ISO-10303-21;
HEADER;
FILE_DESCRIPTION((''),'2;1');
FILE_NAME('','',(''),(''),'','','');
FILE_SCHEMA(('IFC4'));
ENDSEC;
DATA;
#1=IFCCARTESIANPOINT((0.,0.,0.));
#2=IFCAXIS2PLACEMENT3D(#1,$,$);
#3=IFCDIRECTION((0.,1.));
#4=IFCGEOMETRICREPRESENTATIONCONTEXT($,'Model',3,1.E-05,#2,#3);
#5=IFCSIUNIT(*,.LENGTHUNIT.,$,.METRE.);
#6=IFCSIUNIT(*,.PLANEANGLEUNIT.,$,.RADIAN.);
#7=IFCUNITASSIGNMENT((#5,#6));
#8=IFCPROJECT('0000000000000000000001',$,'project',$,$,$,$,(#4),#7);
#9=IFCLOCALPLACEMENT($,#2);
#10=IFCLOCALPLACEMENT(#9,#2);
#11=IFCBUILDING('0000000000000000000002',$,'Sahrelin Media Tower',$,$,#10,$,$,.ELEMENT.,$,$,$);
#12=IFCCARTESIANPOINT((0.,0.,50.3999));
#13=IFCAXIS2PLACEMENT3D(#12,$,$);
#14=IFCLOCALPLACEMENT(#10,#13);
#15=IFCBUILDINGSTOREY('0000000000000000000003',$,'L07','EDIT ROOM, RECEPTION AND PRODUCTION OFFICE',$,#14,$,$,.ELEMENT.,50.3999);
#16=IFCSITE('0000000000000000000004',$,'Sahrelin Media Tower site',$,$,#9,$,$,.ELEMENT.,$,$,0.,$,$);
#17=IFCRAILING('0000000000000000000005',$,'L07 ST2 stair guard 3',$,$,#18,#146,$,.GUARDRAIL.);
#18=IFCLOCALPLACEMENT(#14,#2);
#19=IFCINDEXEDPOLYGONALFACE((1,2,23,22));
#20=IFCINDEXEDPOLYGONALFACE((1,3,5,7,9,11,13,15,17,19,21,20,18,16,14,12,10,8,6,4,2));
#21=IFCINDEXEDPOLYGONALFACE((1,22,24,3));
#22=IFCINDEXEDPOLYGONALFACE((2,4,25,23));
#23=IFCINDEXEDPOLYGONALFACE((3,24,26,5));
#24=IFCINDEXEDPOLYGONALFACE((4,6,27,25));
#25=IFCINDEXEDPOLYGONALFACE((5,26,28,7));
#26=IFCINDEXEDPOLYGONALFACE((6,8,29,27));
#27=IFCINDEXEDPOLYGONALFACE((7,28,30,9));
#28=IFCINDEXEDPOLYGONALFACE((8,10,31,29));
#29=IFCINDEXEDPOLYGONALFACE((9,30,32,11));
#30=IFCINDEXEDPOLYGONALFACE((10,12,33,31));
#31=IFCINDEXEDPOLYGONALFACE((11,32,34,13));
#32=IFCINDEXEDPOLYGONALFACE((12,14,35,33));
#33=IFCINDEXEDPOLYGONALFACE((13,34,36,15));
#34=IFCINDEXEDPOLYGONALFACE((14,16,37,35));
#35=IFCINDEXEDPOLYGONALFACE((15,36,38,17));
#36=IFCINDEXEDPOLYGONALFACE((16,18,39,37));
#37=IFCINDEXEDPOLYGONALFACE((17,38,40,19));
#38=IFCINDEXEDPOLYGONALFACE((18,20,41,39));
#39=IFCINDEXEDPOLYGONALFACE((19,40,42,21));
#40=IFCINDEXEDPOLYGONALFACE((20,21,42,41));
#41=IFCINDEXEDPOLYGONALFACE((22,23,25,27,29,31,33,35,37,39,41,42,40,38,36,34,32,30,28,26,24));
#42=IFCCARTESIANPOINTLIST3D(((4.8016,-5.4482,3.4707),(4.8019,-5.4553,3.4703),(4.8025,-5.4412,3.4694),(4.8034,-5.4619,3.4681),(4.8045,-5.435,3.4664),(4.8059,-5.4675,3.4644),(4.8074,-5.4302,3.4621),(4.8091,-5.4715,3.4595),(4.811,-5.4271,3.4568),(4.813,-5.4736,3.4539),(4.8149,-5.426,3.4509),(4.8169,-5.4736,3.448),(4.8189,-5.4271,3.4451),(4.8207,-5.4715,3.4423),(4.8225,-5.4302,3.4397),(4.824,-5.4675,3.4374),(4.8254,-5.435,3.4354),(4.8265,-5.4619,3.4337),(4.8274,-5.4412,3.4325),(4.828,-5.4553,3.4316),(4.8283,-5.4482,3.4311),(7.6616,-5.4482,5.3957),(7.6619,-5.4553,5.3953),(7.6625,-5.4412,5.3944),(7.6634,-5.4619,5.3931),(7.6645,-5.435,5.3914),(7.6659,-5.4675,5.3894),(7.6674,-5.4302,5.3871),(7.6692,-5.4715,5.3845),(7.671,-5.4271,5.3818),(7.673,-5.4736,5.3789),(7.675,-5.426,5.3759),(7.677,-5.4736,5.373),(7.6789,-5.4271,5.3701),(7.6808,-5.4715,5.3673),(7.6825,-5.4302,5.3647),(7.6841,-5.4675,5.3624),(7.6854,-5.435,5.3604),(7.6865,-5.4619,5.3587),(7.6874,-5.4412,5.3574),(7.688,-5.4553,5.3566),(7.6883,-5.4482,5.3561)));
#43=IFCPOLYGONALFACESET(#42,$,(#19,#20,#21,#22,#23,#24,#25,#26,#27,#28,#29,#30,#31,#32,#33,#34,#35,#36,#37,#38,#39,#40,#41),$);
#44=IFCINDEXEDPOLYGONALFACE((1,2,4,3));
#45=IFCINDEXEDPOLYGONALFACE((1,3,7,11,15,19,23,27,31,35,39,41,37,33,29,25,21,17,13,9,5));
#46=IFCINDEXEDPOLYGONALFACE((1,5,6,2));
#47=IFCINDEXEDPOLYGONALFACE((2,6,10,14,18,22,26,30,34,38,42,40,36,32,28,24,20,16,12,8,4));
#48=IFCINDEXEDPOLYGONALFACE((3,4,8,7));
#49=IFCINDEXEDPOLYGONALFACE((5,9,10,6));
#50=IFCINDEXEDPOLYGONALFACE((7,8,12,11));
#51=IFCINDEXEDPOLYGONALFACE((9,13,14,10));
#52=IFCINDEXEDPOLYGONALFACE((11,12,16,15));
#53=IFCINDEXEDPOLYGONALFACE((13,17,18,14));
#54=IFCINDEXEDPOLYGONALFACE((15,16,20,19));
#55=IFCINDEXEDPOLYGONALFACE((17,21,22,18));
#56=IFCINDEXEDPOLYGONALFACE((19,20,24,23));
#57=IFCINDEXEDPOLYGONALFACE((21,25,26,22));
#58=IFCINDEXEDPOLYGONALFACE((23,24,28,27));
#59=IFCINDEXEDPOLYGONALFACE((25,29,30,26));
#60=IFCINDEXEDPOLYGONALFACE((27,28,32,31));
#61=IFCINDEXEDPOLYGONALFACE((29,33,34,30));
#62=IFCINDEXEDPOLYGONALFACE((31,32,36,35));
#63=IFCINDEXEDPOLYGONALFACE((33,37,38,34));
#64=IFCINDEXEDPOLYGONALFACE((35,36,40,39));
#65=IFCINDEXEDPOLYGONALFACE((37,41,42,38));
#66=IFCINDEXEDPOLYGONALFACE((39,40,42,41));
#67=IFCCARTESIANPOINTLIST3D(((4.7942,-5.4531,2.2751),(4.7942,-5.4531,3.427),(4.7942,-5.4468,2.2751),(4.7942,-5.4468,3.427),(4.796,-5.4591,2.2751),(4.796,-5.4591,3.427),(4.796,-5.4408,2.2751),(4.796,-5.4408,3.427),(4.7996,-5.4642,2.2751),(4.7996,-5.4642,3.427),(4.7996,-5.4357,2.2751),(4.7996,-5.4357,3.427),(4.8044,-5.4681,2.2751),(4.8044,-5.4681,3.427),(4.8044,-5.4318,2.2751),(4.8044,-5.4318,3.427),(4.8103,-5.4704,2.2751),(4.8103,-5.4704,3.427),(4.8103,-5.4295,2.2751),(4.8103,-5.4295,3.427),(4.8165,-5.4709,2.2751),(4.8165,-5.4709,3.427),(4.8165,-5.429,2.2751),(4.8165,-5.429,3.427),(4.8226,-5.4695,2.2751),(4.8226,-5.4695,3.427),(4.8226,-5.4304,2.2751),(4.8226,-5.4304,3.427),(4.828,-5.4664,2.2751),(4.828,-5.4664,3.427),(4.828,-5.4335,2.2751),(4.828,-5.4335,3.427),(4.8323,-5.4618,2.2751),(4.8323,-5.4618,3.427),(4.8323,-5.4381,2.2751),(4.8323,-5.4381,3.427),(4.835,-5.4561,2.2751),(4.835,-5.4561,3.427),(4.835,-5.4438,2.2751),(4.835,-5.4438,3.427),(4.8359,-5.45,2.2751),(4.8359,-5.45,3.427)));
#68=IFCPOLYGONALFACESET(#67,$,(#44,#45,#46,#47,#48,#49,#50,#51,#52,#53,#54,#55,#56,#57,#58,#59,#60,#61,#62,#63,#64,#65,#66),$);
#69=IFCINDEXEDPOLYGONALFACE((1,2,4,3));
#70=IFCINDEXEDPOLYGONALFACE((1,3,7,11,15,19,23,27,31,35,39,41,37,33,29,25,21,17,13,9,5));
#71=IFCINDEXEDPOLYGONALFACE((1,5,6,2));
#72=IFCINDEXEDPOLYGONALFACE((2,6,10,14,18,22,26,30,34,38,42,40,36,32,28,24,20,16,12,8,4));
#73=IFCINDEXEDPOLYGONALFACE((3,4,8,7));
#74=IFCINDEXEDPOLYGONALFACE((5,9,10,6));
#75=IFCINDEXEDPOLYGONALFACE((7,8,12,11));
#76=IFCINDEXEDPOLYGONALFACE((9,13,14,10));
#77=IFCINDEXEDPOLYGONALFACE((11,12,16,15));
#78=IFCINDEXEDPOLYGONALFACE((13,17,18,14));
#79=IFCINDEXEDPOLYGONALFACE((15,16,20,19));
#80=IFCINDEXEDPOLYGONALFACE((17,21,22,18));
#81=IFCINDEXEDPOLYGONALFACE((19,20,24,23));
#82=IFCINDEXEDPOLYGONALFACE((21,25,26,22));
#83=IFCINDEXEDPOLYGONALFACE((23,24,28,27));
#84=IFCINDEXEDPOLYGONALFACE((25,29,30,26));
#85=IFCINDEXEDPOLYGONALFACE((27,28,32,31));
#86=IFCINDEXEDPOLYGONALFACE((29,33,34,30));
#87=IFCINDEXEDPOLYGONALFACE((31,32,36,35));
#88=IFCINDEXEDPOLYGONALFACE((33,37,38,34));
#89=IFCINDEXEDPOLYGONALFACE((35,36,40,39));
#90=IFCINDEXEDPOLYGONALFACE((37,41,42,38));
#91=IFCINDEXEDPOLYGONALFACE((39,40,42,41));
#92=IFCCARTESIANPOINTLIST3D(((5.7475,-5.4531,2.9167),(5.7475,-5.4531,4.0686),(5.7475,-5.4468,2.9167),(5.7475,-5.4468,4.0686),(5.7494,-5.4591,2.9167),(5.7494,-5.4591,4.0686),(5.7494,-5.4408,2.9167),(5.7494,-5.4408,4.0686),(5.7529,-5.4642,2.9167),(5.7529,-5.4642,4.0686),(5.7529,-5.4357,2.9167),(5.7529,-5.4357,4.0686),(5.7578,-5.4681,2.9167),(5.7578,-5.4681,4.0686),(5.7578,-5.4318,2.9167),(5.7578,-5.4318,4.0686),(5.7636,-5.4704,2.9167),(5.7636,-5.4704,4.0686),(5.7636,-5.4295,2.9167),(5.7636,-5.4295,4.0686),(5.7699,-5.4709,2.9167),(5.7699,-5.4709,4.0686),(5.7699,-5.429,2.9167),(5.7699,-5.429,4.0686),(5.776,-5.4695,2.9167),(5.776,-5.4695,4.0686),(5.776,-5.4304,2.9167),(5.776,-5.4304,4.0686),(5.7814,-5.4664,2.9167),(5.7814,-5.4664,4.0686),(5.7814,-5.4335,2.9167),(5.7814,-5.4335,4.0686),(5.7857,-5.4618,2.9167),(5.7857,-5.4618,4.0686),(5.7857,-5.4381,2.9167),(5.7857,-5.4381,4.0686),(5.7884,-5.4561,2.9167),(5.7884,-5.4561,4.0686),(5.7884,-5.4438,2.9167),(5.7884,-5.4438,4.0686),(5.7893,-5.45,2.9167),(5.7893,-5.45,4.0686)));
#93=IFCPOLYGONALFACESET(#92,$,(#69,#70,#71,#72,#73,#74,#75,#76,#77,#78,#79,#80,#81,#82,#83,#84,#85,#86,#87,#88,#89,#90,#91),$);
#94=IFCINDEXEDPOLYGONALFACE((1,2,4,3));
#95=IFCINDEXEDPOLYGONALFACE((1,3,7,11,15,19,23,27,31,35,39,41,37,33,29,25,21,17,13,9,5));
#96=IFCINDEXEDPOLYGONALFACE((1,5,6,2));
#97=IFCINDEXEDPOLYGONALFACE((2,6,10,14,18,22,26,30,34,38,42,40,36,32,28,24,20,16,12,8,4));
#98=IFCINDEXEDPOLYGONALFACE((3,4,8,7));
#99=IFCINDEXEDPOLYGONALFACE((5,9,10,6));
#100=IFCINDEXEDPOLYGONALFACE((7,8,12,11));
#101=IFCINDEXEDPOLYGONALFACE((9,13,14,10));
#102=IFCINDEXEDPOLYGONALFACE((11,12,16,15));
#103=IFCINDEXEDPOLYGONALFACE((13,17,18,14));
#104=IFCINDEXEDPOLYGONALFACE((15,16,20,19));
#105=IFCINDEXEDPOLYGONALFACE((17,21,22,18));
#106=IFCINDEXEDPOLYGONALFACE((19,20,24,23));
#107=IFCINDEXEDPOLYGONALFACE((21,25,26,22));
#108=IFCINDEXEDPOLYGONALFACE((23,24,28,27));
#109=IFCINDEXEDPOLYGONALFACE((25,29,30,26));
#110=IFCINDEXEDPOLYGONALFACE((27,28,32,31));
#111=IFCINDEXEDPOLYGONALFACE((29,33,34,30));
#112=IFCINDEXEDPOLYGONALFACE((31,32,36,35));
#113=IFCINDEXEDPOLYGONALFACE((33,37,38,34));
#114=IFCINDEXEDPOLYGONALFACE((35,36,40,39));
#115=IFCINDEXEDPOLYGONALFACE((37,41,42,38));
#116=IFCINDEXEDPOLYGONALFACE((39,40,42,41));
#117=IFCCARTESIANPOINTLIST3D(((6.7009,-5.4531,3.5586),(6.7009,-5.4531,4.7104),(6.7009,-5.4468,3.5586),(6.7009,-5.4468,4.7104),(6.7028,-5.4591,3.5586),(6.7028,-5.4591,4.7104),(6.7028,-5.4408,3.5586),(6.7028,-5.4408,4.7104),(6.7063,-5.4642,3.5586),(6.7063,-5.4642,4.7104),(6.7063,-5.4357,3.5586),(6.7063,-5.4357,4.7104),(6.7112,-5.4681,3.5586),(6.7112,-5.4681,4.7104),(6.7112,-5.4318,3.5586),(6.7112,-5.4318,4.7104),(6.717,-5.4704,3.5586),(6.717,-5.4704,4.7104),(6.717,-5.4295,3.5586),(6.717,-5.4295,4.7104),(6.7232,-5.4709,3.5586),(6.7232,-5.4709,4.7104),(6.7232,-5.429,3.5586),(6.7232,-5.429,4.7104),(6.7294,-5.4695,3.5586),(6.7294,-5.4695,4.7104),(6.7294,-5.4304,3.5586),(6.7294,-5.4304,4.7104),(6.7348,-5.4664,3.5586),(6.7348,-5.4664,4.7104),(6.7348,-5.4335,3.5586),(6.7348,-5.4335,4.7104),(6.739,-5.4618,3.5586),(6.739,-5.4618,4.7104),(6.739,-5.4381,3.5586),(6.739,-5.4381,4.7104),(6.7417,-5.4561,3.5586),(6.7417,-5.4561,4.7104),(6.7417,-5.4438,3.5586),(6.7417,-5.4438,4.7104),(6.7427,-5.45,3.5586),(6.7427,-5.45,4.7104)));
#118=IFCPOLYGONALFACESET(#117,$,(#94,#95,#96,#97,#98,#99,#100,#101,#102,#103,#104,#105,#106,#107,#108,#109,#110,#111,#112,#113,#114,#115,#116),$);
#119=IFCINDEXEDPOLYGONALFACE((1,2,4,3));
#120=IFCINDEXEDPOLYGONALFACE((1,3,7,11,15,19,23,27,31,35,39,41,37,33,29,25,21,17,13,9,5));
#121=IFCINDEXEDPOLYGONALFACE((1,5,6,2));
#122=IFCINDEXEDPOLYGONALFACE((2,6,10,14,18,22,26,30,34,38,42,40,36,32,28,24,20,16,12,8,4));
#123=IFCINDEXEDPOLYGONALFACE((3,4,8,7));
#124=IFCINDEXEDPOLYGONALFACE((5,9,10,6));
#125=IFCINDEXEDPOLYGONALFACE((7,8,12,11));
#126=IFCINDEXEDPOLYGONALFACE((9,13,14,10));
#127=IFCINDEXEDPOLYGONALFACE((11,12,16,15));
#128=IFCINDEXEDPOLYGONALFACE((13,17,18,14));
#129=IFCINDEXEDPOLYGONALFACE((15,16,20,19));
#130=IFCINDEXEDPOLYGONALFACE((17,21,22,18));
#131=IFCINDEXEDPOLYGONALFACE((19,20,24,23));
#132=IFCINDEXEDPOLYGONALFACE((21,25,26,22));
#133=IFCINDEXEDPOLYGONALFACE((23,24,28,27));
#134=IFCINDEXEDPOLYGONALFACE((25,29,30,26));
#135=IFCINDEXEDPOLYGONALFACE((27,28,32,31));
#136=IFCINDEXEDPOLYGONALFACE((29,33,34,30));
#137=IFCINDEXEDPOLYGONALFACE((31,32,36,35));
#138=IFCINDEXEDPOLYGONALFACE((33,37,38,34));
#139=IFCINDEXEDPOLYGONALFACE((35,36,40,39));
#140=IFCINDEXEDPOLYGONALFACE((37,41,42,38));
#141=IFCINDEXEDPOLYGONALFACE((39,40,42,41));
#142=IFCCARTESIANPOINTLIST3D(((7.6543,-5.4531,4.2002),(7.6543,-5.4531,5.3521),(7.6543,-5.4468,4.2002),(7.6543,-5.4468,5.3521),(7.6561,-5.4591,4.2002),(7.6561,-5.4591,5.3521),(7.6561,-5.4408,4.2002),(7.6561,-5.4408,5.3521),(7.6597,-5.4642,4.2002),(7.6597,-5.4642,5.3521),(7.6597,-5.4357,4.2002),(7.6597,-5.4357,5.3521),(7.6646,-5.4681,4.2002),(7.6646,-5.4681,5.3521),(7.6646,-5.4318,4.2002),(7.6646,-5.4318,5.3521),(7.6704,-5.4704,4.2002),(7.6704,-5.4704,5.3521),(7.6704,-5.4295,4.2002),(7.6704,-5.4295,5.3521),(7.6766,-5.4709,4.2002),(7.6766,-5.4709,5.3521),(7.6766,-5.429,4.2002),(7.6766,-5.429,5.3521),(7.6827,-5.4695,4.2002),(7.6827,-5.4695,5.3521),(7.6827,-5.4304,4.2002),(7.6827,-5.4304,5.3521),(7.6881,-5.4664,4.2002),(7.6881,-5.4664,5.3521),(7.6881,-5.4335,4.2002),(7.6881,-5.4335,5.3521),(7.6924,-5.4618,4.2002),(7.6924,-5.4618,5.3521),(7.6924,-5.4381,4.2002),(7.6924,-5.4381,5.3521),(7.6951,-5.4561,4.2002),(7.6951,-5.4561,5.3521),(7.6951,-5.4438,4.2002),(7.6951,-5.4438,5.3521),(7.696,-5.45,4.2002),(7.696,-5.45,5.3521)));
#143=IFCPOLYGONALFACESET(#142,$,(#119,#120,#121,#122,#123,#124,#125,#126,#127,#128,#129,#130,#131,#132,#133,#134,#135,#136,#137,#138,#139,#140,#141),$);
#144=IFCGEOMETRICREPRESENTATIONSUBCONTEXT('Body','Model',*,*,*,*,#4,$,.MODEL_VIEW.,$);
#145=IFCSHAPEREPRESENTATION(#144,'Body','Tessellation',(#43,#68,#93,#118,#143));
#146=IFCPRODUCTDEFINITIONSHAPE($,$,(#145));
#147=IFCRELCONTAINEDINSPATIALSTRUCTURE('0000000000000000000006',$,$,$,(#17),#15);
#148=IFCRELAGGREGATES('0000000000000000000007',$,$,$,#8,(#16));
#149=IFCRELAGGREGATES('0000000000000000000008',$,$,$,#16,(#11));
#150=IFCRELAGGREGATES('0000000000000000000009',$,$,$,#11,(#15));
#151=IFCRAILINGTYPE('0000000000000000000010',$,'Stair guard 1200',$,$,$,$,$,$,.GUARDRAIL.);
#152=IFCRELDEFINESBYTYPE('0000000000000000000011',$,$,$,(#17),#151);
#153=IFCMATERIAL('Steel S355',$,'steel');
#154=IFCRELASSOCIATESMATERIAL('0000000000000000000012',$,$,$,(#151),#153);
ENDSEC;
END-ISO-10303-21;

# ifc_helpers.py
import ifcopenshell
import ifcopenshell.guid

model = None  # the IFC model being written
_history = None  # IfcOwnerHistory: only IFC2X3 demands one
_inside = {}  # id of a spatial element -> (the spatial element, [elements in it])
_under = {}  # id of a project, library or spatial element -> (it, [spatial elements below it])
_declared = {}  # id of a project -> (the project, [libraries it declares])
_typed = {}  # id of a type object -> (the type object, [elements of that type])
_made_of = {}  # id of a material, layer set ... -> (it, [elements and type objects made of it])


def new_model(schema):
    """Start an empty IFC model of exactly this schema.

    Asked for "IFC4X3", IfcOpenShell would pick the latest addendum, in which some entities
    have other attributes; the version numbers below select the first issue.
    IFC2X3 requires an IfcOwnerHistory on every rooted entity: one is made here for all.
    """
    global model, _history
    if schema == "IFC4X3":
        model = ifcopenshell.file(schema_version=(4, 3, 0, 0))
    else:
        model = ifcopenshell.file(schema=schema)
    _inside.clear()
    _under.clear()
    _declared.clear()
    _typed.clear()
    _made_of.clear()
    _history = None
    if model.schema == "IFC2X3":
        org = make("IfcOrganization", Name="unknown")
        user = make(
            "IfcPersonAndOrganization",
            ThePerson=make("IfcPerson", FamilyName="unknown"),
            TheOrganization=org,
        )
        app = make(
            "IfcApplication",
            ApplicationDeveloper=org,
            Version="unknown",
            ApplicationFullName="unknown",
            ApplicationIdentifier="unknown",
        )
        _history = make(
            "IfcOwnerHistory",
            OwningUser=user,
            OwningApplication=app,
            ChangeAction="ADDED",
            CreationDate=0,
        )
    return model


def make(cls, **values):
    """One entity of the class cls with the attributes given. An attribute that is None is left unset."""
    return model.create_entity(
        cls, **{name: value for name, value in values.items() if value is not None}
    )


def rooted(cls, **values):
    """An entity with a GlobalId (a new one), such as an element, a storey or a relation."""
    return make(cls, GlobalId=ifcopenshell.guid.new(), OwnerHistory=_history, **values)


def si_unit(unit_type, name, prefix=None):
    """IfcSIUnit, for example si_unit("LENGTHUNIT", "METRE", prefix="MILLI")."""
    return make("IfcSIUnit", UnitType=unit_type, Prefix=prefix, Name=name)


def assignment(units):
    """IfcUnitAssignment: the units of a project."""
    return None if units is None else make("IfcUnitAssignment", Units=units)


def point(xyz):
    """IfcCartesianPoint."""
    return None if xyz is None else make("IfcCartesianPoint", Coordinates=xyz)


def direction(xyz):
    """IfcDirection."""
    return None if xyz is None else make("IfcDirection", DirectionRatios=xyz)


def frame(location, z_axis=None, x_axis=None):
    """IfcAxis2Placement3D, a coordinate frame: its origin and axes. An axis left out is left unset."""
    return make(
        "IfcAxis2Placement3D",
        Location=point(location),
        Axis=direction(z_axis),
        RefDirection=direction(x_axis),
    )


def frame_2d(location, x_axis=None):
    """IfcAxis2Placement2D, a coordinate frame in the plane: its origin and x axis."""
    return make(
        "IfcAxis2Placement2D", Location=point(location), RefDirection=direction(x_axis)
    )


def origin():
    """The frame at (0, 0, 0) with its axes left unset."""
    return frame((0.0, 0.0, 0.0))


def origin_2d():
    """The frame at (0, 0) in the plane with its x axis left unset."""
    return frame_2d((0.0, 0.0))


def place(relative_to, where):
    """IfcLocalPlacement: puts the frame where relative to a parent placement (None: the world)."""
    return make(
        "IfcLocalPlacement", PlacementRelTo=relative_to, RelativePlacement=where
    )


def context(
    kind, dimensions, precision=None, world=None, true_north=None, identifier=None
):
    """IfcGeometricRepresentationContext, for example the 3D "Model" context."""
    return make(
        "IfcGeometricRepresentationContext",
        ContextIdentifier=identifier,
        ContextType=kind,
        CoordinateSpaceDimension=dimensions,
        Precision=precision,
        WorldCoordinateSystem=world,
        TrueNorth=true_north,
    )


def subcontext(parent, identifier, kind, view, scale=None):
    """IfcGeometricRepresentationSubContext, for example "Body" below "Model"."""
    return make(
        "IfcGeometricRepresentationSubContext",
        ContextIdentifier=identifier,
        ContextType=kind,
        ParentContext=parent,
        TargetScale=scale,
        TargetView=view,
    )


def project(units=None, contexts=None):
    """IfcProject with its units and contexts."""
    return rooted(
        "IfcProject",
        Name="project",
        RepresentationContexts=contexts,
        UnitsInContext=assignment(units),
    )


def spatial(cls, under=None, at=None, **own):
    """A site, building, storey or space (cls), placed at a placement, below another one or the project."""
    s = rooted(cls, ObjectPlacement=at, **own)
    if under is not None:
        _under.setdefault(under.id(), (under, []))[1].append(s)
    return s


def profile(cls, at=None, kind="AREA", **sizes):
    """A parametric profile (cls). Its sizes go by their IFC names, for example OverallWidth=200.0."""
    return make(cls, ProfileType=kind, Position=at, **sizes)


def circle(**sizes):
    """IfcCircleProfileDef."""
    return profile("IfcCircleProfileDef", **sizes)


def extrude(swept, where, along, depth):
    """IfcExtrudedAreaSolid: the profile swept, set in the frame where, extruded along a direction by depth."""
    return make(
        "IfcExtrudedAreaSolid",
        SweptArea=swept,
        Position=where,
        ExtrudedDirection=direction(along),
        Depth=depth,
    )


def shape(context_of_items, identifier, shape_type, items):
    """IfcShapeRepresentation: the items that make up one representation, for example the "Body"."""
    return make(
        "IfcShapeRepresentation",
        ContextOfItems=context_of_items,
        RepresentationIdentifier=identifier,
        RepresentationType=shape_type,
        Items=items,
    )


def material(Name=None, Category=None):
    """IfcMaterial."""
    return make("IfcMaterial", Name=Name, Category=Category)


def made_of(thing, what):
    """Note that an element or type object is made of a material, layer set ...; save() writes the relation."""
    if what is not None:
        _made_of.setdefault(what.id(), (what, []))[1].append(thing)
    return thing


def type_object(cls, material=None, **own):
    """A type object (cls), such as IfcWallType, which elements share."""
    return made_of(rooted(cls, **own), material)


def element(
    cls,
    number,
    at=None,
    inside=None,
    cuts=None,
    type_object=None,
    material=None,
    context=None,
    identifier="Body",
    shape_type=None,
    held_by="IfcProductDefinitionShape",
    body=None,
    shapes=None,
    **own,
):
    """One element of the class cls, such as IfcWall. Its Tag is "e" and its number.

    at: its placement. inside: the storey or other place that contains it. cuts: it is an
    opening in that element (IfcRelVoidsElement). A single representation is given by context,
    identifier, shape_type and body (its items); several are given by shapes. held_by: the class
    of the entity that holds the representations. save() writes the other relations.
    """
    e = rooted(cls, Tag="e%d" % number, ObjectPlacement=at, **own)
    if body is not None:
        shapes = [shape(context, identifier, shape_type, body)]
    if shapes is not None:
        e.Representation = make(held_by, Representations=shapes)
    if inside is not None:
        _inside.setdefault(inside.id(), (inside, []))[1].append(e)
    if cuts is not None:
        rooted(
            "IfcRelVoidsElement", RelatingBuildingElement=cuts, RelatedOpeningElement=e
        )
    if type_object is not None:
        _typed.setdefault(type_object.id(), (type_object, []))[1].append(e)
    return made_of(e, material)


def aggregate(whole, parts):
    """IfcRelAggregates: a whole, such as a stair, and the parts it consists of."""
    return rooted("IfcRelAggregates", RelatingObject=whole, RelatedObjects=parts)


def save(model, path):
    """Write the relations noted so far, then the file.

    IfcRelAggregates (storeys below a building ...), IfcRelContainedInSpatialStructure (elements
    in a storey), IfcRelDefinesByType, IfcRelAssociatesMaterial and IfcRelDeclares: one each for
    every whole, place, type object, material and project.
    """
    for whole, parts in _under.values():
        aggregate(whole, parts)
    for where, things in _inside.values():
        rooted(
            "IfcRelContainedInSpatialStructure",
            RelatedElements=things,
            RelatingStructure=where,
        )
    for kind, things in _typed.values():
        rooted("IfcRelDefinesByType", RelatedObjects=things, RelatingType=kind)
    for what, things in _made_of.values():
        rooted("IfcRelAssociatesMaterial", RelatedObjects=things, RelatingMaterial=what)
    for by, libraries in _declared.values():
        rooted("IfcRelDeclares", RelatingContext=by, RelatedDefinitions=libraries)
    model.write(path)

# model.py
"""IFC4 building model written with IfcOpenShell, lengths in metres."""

from ifc_helpers import new_model, si_unit, direction, frame, origin, origin_2d, place, context, subcontext, project, spatial, circle, extrude, material, type_object, element, save


model = new_model("IFC4")

# Units and contexts
model_context = context("Model", 3, precision=1e-05, world=origin(), true_north=direction((0.0, 1.0)))
body_context = subcontext(model_context, "Body", "Model", "MODEL_VIEW")
ifc_project = project(units=[si_unit("LENGTHUNIT", "METRE"), si_unit("PLANEANGLEUNIT", "RADIAN")], contexts=[model_context])

# Site, building, storey
site_placement = place(None, origin())
site = spatial("IfcSite", under=ifc_project, at=site_placement, Name="Sahrelin Media Tower site", CompositionType="ELEMENT", RefElevation=0.0)
building_placement = place(site_placement, origin())
building = spatial("IfcBuilding", under=site, at=building_placement, Name="Sahrelin Media Tower", CompositionType="ELEMENT")
storey_placement = place(building_placement, frame((0.0, 0.0, 50.3999)))
storey = spatial("IfcBuildingStorey", under=building, at=storey_placement, Name="L07", Description="EDIT ROOM, RECEPTION AND PRODUCTION OFFICE", CompositionType="ELEMENT", Elevation=50.3999)

# Shared definitions
ifc_material_1 = material(Name="Steel S355", Category="steel")

# Railing
railing_type_1 = type_object("IfcRailingType", Name="Stair guard 1200", PredefinedType="GUARDRAIL", material=ifc_material_1)
railing_1_placement = place(storey_placement, frame((4.8149, -5.45, 2.2751)))
element("IfcRailing", 1, at=railing_1_placement, inside=storey, type_object=railing_type_1, Name="L07 ST2 stair guard 3", PredefinedType="GUARDRAIL", context=body_context, shape_type="SweptSolid", body=[
    extrude(circle(Radius=0.0239, at=origin_2d()), frame((0.0, 0.0, 1.1758), z_axis=(0.829591, 0.0, 0.558372), x_axis=(0.0, 1.0, 0.0)), (0.0, 0.0, 1.0), 3.4475),
    extrude(circle(Radius=0.021, at=origin_2d()), origin(), (0.0, 0.0, 1.0), 1.1519),
    extrude(circle(Radius=0.021, at=origin_2d()), frame((0.9534, 0.0, 0.6416)), (0.0, 0.0, 1.0), 1.1519),
    extrude(circle(Radius=0.021, at=origin_2d()), frame((1.9067, 0.0, 1.2834)), (0.0, 0.0, 1.0), 1.1519),
    extrude(circle(Radius=0.021, at=origin_2d()), frame((2.8601, 0.0, 1.925)), (0.0, 0.0, 1.0), 1.1519),
])

save(model, "model.ifc")
